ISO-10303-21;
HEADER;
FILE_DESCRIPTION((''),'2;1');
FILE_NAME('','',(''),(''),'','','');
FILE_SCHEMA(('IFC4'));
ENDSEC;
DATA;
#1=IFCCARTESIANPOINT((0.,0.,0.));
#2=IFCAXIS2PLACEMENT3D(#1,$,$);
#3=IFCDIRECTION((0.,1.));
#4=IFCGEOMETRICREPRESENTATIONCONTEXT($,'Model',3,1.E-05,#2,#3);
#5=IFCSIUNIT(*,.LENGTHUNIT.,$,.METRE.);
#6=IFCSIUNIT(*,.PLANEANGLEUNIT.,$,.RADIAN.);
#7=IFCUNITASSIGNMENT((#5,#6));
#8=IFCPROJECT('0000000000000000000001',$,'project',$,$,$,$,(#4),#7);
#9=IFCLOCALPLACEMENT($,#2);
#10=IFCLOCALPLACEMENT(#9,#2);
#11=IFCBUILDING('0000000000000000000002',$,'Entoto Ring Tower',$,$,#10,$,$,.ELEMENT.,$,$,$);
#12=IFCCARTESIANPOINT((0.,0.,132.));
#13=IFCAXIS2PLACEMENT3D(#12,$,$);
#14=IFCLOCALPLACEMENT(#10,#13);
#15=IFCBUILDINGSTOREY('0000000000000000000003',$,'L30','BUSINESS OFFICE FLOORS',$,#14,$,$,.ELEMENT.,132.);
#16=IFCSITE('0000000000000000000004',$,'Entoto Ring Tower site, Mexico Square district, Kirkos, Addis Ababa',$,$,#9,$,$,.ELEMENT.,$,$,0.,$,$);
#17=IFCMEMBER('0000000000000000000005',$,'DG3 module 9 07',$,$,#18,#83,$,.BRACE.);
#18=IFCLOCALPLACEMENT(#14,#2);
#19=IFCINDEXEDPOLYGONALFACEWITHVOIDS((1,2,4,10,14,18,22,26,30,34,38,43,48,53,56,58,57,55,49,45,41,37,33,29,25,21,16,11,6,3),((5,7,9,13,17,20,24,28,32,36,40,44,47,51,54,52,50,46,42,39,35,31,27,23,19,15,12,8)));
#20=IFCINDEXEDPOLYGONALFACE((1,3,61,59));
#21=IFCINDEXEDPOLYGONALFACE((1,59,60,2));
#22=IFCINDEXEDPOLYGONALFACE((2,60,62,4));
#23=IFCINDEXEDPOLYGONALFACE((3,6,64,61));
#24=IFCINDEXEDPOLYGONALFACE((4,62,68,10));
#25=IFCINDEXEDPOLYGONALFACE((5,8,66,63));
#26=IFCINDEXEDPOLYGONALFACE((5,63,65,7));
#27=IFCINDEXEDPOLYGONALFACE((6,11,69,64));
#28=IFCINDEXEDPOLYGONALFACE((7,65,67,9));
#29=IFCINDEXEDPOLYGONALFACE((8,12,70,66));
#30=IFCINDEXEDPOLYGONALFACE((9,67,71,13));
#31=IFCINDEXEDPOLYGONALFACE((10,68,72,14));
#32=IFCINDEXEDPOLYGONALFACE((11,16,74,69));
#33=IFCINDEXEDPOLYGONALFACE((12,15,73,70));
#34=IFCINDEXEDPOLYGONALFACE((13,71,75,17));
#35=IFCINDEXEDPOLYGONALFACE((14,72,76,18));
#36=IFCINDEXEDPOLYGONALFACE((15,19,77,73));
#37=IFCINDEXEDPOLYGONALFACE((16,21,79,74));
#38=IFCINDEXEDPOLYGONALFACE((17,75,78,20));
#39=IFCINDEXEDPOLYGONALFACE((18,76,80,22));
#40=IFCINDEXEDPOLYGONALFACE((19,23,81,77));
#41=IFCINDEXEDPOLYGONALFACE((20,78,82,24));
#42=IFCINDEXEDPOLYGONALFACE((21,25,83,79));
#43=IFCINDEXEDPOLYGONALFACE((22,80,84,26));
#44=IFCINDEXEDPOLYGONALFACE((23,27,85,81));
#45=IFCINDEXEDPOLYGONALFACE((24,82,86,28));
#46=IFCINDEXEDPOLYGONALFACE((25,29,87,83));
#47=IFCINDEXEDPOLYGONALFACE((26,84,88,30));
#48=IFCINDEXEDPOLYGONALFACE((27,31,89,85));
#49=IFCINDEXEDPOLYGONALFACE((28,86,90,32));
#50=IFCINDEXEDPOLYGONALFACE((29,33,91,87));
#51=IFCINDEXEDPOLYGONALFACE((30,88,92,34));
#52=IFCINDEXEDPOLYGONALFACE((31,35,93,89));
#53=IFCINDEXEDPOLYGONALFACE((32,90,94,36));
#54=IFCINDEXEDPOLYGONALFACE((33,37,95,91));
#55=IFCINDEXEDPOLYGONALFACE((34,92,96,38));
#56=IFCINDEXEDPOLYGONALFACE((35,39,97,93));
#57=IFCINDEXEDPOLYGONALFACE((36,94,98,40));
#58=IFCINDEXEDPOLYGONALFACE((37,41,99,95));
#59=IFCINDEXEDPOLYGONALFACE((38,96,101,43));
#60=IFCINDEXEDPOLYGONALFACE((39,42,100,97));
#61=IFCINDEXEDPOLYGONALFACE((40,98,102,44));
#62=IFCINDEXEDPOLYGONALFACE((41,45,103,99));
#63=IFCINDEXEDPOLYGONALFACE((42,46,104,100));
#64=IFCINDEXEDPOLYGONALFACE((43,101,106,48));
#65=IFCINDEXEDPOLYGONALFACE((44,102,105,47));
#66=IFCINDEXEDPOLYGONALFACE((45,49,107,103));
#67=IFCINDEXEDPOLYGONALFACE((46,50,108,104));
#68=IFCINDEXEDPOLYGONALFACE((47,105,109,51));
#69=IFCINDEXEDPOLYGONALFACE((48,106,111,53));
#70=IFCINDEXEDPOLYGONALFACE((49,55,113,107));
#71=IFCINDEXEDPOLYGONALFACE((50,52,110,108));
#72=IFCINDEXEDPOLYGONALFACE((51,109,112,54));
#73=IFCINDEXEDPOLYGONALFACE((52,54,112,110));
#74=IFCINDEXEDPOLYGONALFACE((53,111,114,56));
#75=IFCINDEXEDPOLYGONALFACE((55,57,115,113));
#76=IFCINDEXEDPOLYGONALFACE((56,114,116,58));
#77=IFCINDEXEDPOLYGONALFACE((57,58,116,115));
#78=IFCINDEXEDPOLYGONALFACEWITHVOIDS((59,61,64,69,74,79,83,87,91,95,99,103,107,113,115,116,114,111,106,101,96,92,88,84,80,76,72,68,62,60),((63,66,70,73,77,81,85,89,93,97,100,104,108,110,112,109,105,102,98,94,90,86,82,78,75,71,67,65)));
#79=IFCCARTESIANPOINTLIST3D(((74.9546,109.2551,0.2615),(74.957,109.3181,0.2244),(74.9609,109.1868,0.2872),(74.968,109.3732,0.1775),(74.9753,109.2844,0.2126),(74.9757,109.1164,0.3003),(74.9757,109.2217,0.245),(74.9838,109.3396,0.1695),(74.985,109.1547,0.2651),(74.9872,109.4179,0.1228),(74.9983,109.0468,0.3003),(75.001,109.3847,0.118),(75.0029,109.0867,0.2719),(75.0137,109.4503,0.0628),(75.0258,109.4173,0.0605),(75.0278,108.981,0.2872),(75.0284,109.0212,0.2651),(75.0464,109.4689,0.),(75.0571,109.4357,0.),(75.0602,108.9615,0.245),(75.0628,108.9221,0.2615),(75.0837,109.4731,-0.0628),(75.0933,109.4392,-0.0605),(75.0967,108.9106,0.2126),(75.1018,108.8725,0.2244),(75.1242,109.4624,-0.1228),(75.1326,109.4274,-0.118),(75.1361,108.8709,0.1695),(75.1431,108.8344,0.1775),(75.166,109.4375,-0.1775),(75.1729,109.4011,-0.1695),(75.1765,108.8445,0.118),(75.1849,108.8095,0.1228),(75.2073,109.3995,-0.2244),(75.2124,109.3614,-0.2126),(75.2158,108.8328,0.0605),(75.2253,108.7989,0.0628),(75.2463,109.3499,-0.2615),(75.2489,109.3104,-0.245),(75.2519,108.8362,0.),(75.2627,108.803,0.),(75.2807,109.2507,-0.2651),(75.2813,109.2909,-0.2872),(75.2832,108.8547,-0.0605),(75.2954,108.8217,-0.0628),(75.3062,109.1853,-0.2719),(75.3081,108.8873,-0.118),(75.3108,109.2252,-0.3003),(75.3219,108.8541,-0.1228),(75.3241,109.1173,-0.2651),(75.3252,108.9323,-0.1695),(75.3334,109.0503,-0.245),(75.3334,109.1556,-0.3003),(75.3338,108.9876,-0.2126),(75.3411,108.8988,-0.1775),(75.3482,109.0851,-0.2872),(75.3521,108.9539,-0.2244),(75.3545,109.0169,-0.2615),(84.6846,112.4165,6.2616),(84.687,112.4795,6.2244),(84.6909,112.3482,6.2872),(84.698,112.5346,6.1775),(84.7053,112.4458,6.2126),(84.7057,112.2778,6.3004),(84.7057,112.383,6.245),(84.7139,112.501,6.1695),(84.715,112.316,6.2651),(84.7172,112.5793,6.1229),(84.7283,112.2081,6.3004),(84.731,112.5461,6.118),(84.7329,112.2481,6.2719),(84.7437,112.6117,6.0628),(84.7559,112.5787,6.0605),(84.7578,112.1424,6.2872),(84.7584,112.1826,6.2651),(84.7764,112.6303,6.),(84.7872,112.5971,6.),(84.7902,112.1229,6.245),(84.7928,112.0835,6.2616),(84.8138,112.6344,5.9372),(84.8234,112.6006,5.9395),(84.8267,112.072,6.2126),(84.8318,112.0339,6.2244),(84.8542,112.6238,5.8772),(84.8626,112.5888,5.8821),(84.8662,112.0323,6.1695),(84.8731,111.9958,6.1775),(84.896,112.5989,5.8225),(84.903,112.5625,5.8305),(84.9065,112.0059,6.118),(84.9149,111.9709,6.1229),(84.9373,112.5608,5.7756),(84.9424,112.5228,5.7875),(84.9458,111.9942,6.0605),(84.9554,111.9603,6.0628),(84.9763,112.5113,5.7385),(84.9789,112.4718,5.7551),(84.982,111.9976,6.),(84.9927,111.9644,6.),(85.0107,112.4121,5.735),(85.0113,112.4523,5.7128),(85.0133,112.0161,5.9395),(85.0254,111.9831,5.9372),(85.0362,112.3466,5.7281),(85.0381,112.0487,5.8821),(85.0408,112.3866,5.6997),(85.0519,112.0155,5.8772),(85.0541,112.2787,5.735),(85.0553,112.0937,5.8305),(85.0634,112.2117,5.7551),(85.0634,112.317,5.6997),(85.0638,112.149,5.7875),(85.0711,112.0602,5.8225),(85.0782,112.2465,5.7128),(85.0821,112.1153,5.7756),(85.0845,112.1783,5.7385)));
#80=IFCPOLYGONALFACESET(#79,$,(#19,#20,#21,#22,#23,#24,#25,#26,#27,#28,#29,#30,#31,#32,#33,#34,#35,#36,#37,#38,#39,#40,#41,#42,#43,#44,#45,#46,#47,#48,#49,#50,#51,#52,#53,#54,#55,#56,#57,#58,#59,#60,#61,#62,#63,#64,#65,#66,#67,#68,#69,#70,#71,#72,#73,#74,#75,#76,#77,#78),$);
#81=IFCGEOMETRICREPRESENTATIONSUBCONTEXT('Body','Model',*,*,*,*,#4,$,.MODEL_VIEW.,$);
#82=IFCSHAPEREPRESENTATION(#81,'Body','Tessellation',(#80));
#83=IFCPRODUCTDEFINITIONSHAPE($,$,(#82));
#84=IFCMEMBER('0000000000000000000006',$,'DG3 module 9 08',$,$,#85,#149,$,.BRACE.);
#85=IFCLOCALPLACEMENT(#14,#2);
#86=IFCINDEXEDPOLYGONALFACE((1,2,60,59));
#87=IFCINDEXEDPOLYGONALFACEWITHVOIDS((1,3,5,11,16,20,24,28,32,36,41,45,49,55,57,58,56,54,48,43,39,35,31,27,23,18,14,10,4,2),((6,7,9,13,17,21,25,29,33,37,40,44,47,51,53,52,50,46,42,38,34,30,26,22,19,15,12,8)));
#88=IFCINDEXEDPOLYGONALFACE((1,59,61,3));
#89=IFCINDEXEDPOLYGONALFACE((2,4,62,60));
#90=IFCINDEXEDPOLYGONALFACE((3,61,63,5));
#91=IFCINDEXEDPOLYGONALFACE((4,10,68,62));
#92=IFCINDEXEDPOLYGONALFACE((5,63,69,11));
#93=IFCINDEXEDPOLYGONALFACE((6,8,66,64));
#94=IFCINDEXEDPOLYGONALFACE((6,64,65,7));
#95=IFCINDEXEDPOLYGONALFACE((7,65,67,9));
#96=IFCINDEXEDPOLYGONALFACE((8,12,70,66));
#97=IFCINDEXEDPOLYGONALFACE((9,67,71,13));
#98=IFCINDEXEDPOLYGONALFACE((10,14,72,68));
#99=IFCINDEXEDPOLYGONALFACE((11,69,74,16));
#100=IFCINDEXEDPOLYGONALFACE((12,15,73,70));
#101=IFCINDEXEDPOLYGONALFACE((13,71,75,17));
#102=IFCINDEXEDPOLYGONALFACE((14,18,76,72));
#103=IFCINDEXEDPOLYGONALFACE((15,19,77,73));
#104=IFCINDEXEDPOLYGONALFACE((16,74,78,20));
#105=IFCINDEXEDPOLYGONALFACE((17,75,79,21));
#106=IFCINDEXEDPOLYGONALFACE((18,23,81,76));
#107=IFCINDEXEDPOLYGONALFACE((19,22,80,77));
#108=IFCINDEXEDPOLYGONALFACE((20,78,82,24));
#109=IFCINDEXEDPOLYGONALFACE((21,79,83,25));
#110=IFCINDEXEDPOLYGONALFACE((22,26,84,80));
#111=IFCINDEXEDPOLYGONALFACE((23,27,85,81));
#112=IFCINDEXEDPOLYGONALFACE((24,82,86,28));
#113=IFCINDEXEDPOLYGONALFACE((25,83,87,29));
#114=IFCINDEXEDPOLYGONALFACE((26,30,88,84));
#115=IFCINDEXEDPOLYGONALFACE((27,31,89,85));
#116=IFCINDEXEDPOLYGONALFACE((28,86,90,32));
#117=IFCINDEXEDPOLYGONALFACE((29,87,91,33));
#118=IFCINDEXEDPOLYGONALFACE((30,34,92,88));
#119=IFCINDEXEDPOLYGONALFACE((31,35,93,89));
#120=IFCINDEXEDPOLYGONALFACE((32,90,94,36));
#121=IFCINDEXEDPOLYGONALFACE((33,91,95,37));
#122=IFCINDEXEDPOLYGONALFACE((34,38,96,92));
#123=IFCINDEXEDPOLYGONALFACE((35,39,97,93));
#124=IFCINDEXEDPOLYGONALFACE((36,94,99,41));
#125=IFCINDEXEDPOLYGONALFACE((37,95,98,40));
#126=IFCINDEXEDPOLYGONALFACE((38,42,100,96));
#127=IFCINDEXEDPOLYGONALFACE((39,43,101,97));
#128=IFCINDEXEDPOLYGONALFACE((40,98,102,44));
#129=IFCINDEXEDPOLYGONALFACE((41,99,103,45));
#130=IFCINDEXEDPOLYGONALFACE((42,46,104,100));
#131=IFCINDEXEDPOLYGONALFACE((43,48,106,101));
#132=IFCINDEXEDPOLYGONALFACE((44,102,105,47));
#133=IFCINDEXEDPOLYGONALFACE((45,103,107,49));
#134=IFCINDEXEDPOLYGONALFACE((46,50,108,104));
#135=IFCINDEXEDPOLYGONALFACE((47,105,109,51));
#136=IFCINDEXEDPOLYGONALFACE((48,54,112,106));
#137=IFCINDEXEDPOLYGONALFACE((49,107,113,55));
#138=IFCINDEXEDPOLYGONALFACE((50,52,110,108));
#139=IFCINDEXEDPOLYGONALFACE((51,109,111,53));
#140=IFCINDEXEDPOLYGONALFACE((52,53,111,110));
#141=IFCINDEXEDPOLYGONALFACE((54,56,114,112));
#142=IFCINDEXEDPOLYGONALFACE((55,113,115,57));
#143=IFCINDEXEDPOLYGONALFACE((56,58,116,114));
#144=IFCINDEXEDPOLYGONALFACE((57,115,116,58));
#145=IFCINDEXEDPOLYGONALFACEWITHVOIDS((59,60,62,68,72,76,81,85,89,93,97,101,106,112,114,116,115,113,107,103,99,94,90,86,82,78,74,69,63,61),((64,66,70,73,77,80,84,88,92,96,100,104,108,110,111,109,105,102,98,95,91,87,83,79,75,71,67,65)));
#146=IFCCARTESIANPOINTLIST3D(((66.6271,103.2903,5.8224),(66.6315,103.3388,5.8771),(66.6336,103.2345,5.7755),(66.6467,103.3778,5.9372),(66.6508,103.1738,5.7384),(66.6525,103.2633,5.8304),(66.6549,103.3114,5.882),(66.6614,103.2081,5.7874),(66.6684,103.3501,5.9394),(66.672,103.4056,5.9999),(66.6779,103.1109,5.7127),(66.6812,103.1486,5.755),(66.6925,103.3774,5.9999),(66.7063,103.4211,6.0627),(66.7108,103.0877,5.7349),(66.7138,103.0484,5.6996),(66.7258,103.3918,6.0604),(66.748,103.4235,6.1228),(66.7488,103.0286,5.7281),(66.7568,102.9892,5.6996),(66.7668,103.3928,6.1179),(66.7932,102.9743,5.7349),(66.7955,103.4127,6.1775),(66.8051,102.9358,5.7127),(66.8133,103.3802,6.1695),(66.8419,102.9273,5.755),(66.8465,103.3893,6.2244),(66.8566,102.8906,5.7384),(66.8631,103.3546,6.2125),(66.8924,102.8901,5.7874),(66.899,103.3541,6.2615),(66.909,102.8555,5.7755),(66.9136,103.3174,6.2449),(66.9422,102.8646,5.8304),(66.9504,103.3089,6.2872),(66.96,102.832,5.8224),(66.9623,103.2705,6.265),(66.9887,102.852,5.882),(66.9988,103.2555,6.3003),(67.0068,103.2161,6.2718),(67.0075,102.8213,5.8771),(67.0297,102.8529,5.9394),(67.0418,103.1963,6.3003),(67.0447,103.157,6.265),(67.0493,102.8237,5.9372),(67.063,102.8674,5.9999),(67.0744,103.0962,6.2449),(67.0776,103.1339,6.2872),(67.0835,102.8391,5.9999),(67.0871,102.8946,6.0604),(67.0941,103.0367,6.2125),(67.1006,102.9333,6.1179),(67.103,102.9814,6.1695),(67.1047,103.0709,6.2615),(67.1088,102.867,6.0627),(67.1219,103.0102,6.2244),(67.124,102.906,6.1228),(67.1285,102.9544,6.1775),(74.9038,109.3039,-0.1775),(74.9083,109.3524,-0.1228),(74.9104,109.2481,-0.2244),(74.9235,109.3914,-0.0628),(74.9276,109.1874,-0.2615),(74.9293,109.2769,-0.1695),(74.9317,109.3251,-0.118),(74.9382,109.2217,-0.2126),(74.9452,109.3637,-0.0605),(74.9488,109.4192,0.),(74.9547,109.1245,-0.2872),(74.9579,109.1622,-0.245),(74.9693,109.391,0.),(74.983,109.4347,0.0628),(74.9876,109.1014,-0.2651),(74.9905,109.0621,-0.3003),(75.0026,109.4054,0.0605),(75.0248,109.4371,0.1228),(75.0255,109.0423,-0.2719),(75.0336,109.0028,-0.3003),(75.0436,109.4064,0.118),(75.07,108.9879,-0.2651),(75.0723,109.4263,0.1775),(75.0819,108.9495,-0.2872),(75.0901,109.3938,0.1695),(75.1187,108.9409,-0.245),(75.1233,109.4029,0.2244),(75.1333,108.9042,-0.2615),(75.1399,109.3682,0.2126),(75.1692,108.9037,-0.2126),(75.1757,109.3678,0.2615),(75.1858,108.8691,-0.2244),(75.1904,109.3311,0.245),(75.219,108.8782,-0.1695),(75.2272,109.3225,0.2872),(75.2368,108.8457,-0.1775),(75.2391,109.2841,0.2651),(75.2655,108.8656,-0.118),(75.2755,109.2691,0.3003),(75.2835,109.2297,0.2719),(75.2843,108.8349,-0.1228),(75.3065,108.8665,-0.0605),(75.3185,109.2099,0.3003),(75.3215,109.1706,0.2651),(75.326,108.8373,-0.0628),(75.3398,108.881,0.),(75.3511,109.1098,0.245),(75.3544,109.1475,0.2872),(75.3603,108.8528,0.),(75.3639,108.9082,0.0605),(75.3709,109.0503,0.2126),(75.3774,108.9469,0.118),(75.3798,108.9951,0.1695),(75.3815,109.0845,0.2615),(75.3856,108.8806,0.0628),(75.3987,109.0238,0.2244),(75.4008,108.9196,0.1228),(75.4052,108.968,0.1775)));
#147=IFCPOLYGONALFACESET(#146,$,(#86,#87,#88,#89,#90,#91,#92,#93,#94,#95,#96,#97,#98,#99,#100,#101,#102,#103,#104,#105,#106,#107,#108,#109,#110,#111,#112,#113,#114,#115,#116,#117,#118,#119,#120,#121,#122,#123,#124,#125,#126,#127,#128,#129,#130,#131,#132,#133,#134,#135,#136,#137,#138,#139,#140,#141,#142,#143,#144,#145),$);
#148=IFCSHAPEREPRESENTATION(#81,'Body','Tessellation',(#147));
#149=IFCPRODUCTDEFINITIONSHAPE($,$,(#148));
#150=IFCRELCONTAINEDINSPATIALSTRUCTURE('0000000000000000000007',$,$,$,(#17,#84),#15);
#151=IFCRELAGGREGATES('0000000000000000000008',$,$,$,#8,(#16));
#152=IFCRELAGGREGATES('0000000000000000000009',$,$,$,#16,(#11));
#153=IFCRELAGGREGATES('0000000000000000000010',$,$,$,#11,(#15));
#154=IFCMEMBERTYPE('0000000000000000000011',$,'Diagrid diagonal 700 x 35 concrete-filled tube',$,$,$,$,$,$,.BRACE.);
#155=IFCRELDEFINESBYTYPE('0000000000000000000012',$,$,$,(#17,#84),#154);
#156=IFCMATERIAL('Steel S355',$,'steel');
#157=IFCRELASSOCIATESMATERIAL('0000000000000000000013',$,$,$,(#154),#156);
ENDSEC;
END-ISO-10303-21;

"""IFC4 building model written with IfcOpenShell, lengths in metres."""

from ifc_helpers import new_model, si_unit, direction, frame, origin, origin_2d, place, context, subcontext, project, spatial, circle, hollow_circle, extrude, material, material_profile, profile_set, type_object, element, save


model = new_model("IFC4")

# Units and contexts
model_context = context("Model", 3, precision=1e-05, world=origin(), true_north=direction((0.0, 1.0)))
body_context = subcontext(model_context, "Body", "Model", "MODEL_VIEW")
ifc_project = project(units=[si_unit("LENGTHUNIT", "METRE"), si_unit("PLANEANGLEUNIT", "RADIAN")], contexts=[model_context])

# Site, building, storey
site_placement = place(None, origin())
site = spatial("IfcSite", under=ifc_project, at=site_placement, Name="Entoto Ring Tower site, Mexico Square district, Kirkos, Addis Ababa", CompositionType="ELEMENT", RefElevation=0.0)
building_placement = place(site_placement, origin())
building = spatial("IfcBuilding", under=site, at=building_placement, Name="Entoto Ring Tower", CompositionType="ELEMENT")
storey_placement = place(building_placement, frame((0.0, 0.0, 132.0)))
storey = spatial("IfcBuildingStorey", under=building, at=storey_placement, Name="L30", Description="BUSINESS OFFICE FLOORS", CompositionType="ELEMENT", Elevation=132.0)

# Members
ifc_material_1 = material(Name="Steel S355", Category="steel")
ifc_material_profile_1 = material_profile(ifc_material_1, hollow_circle(Radius=0.3501, WallThickness=0.0349, at=origin_2d()), Name="CHS 700 x 35")
ifc_material_2 = material(Name="Concrete C60/75", Category="concrete")
ifc_material_profile_2 = material_profile(ifc_material_2, circle(Radius=0.3149, at=origin_2d()), Name="Concrete C60/75 infill")
ifc_profile_set_1 = profile_set([ifc_material_profile_1, ifc_material_profile_2], Name="Steel S355")
member_type_1 = type_object("IfcMemberType", Name="Diagrid diagonal 700 x 35 concrete-filled tube", PredefinedType="BRACE", material=ifc_profile_set_1)
for number, where, z_axis, x_axis, name in (
    (1, (75.1545, 109.136, 0.0), (0.820382, 0.266551, 0.505889), (-0.309009, 0.951059, 0.0), "DG3 module 9 07"),
    (2, (75.1545, 109.136, 0.0), (-0.697853, -0.507035, 0.505882), (0.587797, -0.809008, 0.0), "DG3 module 9 08"),
):
    element("IfcMember", number, at=place(storey_placement, frame(where, z_axis=z_axis, x_axis=x_axis)), inside=storey, type_object=member_type_1, Name=name, PredefinedType="BRACE", context=body_context, shape_type="SweptSolid", body=[
        extrude(hollow_circle(Radius=0.3501, WallThickness=0.0349, at=origin_2d()), origin(), (0.0, 0.0, 1.0), 11.8604),
    ])

save(model, "model.ifc")
